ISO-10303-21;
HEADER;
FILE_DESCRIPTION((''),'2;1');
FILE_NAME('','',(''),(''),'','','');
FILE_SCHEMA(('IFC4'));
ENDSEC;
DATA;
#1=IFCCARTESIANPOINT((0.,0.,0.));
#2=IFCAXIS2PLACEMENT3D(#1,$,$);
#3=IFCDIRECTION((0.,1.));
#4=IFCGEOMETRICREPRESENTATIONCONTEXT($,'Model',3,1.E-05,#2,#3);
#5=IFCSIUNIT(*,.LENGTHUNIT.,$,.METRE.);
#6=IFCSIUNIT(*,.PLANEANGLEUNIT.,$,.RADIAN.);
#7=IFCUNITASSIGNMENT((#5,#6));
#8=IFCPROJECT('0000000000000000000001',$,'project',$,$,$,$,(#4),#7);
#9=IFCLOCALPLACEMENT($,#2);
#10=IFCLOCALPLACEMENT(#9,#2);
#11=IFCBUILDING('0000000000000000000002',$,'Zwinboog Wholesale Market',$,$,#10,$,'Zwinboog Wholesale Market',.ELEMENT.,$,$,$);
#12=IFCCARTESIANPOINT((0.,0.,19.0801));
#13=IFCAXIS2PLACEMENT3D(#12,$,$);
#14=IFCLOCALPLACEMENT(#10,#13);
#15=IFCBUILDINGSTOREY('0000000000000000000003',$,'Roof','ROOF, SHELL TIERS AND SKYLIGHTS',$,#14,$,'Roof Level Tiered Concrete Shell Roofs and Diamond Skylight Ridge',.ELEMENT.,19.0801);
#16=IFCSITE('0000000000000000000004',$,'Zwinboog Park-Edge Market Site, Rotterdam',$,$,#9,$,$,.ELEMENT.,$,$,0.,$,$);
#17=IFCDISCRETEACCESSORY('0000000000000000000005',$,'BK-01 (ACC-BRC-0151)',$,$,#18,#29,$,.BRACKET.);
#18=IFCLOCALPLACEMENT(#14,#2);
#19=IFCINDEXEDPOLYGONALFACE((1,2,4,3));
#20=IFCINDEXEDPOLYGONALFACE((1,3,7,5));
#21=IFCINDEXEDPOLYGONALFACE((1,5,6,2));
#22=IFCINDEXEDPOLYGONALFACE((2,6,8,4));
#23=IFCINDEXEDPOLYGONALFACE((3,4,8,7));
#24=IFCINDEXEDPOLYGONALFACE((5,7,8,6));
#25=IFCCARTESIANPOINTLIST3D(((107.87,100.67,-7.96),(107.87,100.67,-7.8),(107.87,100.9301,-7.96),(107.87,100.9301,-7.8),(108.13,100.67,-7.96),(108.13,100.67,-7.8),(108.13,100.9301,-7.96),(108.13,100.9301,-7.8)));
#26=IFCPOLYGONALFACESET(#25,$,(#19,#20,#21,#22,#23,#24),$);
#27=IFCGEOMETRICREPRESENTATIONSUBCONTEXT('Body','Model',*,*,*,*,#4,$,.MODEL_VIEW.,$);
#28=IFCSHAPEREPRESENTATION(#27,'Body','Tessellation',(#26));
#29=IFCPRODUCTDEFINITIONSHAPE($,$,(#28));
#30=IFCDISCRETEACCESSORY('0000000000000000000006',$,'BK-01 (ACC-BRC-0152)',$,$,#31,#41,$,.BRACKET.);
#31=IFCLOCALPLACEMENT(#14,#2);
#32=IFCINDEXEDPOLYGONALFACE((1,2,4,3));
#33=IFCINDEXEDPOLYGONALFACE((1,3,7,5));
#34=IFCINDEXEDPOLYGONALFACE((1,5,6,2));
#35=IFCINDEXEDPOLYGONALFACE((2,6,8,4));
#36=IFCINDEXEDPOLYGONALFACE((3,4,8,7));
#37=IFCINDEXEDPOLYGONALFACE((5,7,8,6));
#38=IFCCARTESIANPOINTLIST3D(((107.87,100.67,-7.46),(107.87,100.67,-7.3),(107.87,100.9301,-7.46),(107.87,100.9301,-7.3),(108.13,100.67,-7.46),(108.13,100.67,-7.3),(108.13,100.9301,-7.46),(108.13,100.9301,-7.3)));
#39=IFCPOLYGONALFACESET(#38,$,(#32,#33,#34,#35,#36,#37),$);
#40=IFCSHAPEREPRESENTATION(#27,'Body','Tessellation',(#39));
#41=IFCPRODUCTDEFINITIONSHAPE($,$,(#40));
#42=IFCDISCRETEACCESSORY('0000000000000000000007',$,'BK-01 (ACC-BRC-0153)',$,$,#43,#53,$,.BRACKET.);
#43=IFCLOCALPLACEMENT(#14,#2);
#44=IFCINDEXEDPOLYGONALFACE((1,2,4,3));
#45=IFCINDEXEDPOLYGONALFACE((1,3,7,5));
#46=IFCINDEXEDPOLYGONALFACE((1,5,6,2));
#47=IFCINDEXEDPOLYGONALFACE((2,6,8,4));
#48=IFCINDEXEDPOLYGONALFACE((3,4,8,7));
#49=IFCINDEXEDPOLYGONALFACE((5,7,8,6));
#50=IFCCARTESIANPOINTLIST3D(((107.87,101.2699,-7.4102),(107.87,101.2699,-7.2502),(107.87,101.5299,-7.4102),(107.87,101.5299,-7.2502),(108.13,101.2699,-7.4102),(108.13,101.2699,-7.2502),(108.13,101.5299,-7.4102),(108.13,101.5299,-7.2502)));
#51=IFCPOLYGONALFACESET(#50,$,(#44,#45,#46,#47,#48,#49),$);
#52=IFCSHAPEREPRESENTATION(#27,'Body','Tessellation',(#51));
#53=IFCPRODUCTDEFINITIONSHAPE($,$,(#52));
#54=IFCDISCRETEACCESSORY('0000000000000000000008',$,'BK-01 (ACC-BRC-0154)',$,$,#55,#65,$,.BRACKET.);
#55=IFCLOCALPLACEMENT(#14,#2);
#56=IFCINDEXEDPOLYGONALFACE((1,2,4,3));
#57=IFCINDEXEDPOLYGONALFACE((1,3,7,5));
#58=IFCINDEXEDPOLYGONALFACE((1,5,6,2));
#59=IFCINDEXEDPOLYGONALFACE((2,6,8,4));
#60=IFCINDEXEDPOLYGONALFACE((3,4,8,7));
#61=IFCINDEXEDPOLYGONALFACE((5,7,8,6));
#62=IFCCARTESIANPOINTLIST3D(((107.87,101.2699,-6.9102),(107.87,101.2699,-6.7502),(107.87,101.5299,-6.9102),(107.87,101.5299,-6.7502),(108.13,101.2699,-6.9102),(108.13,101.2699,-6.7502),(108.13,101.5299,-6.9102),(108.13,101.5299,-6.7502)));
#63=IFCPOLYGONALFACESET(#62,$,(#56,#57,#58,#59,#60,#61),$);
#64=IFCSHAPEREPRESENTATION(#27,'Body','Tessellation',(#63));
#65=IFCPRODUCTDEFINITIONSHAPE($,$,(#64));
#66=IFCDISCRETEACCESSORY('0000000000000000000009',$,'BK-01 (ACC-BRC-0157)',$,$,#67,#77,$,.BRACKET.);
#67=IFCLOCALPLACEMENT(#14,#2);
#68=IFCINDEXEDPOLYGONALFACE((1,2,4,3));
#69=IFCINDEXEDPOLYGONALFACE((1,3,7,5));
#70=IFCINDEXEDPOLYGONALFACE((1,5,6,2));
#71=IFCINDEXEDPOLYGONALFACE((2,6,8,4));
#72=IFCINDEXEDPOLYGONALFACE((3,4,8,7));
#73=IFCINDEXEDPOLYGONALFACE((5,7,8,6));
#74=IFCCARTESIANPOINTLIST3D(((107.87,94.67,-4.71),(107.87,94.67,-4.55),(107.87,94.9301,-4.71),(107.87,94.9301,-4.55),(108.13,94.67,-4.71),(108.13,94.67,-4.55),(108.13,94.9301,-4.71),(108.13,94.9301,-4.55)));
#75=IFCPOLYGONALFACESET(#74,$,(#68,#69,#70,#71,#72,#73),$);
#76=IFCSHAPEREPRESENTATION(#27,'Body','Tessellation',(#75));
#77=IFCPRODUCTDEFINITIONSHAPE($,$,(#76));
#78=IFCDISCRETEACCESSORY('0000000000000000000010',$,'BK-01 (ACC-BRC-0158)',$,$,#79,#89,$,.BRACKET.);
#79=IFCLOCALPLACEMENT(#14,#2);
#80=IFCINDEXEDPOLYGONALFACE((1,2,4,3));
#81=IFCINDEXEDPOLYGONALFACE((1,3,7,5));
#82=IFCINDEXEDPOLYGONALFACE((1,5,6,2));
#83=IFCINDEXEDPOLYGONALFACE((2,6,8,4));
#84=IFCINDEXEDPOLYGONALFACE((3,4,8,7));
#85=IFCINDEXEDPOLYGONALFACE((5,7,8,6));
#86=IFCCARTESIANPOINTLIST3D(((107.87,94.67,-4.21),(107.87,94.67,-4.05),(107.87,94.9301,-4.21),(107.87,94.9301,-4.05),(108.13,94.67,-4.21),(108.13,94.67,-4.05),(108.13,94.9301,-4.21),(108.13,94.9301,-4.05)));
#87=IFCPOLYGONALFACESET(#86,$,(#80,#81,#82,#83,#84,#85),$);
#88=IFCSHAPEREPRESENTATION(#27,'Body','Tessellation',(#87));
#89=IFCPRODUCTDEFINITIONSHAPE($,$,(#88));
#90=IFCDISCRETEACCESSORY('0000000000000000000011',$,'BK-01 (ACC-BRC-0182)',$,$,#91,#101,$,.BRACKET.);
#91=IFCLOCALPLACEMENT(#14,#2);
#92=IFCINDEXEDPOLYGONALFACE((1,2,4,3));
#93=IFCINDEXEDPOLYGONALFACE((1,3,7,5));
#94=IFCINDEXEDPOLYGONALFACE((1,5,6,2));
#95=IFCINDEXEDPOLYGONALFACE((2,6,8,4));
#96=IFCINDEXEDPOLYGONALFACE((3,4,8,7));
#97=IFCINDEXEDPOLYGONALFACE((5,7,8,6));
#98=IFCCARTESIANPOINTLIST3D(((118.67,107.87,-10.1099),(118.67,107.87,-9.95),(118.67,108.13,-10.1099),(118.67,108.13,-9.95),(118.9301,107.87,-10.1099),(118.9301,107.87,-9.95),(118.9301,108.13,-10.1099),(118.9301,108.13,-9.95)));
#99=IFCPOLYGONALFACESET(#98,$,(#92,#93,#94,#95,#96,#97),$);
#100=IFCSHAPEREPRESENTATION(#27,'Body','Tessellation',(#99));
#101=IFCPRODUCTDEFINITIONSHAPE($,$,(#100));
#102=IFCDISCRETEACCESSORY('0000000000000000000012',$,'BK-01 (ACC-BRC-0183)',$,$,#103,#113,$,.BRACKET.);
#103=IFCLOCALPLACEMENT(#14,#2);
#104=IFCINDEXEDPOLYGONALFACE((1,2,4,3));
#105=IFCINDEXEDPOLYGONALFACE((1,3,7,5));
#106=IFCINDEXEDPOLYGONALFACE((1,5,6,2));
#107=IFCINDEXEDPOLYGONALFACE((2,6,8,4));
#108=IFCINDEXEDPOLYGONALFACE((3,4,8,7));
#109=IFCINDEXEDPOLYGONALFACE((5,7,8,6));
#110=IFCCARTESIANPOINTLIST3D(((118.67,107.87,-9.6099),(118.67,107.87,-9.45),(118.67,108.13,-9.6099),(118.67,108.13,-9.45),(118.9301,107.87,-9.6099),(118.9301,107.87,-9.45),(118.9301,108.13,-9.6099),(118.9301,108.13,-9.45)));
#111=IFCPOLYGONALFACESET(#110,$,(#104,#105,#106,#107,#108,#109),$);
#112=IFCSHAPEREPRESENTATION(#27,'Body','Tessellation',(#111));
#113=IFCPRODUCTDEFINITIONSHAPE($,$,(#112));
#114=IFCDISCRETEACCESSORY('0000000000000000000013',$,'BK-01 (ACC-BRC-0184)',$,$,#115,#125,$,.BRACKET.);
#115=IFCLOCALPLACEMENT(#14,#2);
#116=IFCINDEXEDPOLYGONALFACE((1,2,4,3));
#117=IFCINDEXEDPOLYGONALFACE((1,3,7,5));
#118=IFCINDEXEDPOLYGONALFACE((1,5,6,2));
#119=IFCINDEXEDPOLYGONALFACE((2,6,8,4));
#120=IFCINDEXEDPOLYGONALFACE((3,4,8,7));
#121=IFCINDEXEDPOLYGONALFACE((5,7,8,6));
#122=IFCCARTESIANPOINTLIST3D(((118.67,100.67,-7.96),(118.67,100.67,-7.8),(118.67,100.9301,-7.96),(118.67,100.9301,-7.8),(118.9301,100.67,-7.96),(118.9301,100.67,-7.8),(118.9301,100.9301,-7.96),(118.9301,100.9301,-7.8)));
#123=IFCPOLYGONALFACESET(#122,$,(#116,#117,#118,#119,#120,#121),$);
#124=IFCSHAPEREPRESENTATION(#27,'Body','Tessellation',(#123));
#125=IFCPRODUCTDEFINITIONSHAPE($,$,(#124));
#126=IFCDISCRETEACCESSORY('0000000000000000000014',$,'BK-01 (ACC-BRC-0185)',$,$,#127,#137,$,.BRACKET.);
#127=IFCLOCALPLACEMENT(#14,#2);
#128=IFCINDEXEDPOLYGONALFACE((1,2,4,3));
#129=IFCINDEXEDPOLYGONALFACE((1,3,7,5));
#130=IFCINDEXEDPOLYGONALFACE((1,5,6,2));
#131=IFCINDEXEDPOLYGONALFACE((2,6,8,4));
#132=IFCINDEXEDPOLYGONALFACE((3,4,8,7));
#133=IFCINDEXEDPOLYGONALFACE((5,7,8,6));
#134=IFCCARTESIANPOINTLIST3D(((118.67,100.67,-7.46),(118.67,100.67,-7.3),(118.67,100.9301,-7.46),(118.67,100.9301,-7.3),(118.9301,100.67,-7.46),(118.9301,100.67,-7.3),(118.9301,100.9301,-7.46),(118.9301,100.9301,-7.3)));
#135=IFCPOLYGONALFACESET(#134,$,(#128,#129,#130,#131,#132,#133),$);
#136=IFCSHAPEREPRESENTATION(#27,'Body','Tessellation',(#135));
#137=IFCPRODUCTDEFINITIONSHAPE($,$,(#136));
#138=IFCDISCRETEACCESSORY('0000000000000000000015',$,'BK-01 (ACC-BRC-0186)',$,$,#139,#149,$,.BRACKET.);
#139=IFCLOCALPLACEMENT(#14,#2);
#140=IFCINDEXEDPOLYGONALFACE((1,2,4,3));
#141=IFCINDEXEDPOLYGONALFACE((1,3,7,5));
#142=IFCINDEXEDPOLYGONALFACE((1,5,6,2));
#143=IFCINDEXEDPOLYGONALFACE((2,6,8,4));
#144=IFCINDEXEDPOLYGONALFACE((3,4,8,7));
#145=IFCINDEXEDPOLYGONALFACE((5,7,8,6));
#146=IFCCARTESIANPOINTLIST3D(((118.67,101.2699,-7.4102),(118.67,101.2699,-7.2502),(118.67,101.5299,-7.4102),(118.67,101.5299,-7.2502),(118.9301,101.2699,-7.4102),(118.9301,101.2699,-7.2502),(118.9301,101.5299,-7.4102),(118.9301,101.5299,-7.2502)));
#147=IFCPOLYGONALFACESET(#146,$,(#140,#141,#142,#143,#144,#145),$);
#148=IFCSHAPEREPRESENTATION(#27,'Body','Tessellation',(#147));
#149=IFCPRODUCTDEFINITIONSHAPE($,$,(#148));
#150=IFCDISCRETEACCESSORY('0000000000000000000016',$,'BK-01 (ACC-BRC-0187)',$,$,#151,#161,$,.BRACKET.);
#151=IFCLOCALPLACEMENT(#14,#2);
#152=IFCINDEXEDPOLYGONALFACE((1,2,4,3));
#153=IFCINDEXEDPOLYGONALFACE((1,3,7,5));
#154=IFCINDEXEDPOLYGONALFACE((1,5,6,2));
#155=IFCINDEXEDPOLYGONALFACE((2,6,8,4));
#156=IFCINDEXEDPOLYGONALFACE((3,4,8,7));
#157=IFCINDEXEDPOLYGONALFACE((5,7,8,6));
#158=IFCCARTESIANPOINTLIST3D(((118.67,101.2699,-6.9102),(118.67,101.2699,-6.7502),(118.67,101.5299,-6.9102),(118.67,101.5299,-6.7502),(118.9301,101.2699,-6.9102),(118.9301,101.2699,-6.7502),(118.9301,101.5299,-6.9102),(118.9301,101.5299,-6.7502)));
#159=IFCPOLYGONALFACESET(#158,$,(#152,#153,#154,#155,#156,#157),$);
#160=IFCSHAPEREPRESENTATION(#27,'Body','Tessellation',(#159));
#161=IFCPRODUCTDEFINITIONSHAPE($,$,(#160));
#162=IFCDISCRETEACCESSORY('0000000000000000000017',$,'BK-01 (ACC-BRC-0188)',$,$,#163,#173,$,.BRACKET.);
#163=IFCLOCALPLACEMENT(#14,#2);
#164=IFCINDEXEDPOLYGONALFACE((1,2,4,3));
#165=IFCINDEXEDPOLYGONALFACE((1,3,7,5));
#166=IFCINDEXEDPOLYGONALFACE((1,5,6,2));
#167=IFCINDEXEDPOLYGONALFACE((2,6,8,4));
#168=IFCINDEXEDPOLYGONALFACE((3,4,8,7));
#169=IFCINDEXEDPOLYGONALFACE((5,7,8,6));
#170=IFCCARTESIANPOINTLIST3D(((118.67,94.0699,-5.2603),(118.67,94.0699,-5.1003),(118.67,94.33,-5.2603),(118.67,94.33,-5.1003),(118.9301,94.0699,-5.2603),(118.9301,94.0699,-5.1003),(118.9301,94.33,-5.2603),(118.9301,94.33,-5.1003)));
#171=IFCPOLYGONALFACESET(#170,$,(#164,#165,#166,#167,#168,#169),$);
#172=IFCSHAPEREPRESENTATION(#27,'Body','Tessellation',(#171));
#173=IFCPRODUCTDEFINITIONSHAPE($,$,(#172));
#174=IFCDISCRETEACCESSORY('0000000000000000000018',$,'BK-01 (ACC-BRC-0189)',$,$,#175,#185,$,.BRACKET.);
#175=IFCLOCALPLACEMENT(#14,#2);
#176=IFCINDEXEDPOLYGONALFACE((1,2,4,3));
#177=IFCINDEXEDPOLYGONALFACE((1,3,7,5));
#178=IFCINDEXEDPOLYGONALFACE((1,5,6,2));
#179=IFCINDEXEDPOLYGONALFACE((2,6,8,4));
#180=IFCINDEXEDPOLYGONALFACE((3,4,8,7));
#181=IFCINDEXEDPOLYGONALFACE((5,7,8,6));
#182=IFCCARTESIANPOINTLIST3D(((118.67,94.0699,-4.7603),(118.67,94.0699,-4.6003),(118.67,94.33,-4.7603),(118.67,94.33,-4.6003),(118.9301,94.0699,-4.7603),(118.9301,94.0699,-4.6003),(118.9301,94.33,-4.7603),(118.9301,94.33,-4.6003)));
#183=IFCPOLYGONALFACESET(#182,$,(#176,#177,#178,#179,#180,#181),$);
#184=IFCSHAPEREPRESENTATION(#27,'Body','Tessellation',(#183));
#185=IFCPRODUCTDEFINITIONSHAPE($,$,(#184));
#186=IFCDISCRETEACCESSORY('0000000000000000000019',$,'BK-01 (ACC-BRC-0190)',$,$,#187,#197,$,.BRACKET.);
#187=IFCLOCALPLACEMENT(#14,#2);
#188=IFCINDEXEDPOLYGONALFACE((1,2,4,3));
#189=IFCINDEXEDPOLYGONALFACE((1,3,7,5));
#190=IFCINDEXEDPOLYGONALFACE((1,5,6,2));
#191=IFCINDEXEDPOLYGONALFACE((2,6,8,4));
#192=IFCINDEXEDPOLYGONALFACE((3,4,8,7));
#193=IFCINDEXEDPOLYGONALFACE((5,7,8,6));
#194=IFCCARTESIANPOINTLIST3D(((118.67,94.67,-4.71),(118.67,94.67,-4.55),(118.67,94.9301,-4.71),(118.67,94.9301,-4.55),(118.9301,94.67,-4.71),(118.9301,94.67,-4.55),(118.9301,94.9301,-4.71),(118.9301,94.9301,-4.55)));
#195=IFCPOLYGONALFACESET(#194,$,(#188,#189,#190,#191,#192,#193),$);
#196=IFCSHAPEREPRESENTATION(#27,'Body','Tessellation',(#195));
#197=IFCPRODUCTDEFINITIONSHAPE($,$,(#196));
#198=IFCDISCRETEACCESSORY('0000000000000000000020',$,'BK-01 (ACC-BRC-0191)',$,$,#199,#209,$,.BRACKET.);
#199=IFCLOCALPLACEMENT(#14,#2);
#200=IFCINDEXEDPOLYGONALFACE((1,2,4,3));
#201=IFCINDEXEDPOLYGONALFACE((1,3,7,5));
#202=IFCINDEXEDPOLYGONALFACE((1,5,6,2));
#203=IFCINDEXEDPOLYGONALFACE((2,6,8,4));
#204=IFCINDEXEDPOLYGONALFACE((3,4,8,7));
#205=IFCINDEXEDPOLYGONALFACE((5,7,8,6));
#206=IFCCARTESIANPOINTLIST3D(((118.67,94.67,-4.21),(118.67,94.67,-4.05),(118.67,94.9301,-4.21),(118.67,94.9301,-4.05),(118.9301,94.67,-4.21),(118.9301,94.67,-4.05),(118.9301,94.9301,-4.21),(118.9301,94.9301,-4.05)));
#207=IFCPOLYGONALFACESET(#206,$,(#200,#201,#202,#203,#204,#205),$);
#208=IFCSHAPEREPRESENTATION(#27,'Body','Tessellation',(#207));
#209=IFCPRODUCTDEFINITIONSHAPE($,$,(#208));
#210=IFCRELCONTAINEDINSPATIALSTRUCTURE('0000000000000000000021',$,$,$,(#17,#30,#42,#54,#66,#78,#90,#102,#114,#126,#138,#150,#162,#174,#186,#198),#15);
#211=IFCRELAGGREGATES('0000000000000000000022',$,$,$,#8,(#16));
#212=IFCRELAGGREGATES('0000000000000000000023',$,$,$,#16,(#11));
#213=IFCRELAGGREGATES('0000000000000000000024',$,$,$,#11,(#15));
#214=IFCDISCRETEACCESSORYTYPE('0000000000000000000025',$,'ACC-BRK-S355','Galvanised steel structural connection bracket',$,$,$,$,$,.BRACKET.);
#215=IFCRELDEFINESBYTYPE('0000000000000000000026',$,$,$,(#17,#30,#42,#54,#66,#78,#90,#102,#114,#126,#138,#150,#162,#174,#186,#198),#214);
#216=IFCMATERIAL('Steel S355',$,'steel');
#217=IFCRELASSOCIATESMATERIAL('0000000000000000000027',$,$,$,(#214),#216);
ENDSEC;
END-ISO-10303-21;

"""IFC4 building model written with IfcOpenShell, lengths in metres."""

from ifc_helpers import new_model, si_unit, direction, frame, origin, origin_2d, place, context, subcontext, project, spatial, rectangle, extrude, material, type_object, element, save


model = new_model("IFC4")

# Units and contexts
model_context = context("Model", 3, precision=1e-05, world=origin(), true_north=direction((0.0, 1.0)))
body_context = subcontext(model_context, "Body", "Model", "MODEL_VIEW")
ifc_project = project(units=[si_unit("LENGTHUNIT", "METRE"), si_unit("PLANEANGLEUNIT", "RADIAN")], contexts=[model_context])

# Site, building, storey
site_placement = place(None, origin())
site = spatial("IfcSite", under=ifc_project, at=site_placement, Name="Zwinboog Park-Edge Market Site, Rotterdam", CompositionType="ELEMENT", RefElevation=0.0)
building_placement = place(site_placement, origin())
building = spatial("IfcBuilding", under=site, at=building_placement, Name="Zwinboog Wholesale Market", LongName="Zwinboog Wholesale Market", CompositionType="ELEMENT")
storey_placement = place(building_placement, frame((0.0, 0.0, 19.0801)))
storey = spatial("IfcBuildingStorey", under=building, at=storey_placement, Name="Roof", Description="ROOF, SHELL TIERS AND SKYLIGHTS", LongName="Roof Level Tiered Concrete Shell Roofs and Diamond Skylight Ridge", CompositionType="ELEMENT", Elevation=19.0801)

# Shared definitions
ifc_material_1 = material(Name="Steel S355", Category="steel")

# Discrete accessories
discrete_accessory_type = type_object("IfcDiscreteAccessoryType", Name="ACC-BRK-S355", Description="Galvanised steel structural connection bracket", PredefinedType="BRACKET", material=ifc_material_1)
for number, where, z_axis, x_axis, name in (
    (1, (108.0, 100.8, -7.96), (0.0, 0.0, 1.0), (1.0, 0.0, 0.0), "BK-01 (ACC-BRC-0151)"),
    (2, (108.0, 100.8, -7.46), (0.0, 0.0, 1.0), (1.0, 0.0, 0.0), "BK-01 (ACC-BRC-0152)"),
    (3, (108.0, 101.3999, -7.4102), (0.0, 0.0, 1.0), (1.0, 0.0, 0.0), "BK-01 (ACC-BRC-0153)"),
    (4, (108.0, 101.3999, -6.9102), (0.0, 0.0, 1.0), (1.0, 0.0, 0.0), "BK-01 (ACC-BRC-0154)"),
    (5, (108.0, 94.8, -4.71), (0.0, 0.0, 1.0), (1.0, 0.0, 0.0), "BK-01 (ACC-BRC-0157)"),
    (6, (108.0, 94.8, -4.21), (0.0, 0.0, 1.0), (1.0, 0.0, 0.0), "BK-01 (ACC-BRC-0158)"),
    (7, (118.8, 108.0, -10.1099), (0.0, 0.0, 1.0), (1.0, 0.0, 0.0), "BK-01 (ACC-BRC-0182)"),
    (8, (118.8, 108.0, -9.6099), (0.0, 0.0, 1.0), (1.0, 0.0, 0.0), "BK-01 (ACC-BRC-0183)"),
    (9, (118.8, 100.8, -7.96), (0.0, 0.0, 1.0), (1.0, 0.0, 0.0), "BK-01 (ACC-BRC-0184)"),
    (10, (118.8, 100.8, -7.46), (0.0, 0.0, 1.0), (1.0, 0.0, 0.0), "BK-01 (ACC-BRC-0185)"),
    (11, (118.8, 101.3999, -7.4102), (0.0, 0.0, 1.0), (1.0, 0.0, 0.0), "BK-01 (ACC-BRC-0186)"),
    (12, (118.8, 101.3999, -6.9102), (0.0, 0.0, 1.0), (1.0, 0.0, 0.0), "BK-01 (ACC-BRC-0187)"),
    (13, (118.8, 94.2, -5.2603), (0.0, 0.0, 1.0), (1.0, 0.0, 0.0), "BK-01 (ACC-BRC-0188)"),
    (14, (118.8, 94.2, -4.7603), (0.0, 0.0, 1.0), (1.0, 0.0, 0.0), "BK-01 (ACC-BRC-0189)"),
    (15, (118.8, 94.8, -4.71), (0.0, 0.0, 1.0), (1.0, 0.0, 0.0), "BK-01 (ACC-BRC-0190)"),
    (16, (118.8, 94.8, -4.21), (0.0, 0.0, 1.0), (1.0, 0.0, 0.0), "BK-01 (ACC-BRC-0191)"),
):
    element("IfcDiscreteAccessory", number, at=place(storey_placement, frame(where, z_axis=z_axis, x_axis=x_axis)), inside=storey, type_object=discrete_accessory_type, Name=name, PredefinedType="BRACKET", context=body_context, shape_type="SweptSolid", body=[
        extrude(rectangle(XDim=0.26, YDim=0.26, at=origin_2d()), origin(), (0.0, 0.0, 1.0), 0.1599),
    ])

save(model, "model.ifc")
